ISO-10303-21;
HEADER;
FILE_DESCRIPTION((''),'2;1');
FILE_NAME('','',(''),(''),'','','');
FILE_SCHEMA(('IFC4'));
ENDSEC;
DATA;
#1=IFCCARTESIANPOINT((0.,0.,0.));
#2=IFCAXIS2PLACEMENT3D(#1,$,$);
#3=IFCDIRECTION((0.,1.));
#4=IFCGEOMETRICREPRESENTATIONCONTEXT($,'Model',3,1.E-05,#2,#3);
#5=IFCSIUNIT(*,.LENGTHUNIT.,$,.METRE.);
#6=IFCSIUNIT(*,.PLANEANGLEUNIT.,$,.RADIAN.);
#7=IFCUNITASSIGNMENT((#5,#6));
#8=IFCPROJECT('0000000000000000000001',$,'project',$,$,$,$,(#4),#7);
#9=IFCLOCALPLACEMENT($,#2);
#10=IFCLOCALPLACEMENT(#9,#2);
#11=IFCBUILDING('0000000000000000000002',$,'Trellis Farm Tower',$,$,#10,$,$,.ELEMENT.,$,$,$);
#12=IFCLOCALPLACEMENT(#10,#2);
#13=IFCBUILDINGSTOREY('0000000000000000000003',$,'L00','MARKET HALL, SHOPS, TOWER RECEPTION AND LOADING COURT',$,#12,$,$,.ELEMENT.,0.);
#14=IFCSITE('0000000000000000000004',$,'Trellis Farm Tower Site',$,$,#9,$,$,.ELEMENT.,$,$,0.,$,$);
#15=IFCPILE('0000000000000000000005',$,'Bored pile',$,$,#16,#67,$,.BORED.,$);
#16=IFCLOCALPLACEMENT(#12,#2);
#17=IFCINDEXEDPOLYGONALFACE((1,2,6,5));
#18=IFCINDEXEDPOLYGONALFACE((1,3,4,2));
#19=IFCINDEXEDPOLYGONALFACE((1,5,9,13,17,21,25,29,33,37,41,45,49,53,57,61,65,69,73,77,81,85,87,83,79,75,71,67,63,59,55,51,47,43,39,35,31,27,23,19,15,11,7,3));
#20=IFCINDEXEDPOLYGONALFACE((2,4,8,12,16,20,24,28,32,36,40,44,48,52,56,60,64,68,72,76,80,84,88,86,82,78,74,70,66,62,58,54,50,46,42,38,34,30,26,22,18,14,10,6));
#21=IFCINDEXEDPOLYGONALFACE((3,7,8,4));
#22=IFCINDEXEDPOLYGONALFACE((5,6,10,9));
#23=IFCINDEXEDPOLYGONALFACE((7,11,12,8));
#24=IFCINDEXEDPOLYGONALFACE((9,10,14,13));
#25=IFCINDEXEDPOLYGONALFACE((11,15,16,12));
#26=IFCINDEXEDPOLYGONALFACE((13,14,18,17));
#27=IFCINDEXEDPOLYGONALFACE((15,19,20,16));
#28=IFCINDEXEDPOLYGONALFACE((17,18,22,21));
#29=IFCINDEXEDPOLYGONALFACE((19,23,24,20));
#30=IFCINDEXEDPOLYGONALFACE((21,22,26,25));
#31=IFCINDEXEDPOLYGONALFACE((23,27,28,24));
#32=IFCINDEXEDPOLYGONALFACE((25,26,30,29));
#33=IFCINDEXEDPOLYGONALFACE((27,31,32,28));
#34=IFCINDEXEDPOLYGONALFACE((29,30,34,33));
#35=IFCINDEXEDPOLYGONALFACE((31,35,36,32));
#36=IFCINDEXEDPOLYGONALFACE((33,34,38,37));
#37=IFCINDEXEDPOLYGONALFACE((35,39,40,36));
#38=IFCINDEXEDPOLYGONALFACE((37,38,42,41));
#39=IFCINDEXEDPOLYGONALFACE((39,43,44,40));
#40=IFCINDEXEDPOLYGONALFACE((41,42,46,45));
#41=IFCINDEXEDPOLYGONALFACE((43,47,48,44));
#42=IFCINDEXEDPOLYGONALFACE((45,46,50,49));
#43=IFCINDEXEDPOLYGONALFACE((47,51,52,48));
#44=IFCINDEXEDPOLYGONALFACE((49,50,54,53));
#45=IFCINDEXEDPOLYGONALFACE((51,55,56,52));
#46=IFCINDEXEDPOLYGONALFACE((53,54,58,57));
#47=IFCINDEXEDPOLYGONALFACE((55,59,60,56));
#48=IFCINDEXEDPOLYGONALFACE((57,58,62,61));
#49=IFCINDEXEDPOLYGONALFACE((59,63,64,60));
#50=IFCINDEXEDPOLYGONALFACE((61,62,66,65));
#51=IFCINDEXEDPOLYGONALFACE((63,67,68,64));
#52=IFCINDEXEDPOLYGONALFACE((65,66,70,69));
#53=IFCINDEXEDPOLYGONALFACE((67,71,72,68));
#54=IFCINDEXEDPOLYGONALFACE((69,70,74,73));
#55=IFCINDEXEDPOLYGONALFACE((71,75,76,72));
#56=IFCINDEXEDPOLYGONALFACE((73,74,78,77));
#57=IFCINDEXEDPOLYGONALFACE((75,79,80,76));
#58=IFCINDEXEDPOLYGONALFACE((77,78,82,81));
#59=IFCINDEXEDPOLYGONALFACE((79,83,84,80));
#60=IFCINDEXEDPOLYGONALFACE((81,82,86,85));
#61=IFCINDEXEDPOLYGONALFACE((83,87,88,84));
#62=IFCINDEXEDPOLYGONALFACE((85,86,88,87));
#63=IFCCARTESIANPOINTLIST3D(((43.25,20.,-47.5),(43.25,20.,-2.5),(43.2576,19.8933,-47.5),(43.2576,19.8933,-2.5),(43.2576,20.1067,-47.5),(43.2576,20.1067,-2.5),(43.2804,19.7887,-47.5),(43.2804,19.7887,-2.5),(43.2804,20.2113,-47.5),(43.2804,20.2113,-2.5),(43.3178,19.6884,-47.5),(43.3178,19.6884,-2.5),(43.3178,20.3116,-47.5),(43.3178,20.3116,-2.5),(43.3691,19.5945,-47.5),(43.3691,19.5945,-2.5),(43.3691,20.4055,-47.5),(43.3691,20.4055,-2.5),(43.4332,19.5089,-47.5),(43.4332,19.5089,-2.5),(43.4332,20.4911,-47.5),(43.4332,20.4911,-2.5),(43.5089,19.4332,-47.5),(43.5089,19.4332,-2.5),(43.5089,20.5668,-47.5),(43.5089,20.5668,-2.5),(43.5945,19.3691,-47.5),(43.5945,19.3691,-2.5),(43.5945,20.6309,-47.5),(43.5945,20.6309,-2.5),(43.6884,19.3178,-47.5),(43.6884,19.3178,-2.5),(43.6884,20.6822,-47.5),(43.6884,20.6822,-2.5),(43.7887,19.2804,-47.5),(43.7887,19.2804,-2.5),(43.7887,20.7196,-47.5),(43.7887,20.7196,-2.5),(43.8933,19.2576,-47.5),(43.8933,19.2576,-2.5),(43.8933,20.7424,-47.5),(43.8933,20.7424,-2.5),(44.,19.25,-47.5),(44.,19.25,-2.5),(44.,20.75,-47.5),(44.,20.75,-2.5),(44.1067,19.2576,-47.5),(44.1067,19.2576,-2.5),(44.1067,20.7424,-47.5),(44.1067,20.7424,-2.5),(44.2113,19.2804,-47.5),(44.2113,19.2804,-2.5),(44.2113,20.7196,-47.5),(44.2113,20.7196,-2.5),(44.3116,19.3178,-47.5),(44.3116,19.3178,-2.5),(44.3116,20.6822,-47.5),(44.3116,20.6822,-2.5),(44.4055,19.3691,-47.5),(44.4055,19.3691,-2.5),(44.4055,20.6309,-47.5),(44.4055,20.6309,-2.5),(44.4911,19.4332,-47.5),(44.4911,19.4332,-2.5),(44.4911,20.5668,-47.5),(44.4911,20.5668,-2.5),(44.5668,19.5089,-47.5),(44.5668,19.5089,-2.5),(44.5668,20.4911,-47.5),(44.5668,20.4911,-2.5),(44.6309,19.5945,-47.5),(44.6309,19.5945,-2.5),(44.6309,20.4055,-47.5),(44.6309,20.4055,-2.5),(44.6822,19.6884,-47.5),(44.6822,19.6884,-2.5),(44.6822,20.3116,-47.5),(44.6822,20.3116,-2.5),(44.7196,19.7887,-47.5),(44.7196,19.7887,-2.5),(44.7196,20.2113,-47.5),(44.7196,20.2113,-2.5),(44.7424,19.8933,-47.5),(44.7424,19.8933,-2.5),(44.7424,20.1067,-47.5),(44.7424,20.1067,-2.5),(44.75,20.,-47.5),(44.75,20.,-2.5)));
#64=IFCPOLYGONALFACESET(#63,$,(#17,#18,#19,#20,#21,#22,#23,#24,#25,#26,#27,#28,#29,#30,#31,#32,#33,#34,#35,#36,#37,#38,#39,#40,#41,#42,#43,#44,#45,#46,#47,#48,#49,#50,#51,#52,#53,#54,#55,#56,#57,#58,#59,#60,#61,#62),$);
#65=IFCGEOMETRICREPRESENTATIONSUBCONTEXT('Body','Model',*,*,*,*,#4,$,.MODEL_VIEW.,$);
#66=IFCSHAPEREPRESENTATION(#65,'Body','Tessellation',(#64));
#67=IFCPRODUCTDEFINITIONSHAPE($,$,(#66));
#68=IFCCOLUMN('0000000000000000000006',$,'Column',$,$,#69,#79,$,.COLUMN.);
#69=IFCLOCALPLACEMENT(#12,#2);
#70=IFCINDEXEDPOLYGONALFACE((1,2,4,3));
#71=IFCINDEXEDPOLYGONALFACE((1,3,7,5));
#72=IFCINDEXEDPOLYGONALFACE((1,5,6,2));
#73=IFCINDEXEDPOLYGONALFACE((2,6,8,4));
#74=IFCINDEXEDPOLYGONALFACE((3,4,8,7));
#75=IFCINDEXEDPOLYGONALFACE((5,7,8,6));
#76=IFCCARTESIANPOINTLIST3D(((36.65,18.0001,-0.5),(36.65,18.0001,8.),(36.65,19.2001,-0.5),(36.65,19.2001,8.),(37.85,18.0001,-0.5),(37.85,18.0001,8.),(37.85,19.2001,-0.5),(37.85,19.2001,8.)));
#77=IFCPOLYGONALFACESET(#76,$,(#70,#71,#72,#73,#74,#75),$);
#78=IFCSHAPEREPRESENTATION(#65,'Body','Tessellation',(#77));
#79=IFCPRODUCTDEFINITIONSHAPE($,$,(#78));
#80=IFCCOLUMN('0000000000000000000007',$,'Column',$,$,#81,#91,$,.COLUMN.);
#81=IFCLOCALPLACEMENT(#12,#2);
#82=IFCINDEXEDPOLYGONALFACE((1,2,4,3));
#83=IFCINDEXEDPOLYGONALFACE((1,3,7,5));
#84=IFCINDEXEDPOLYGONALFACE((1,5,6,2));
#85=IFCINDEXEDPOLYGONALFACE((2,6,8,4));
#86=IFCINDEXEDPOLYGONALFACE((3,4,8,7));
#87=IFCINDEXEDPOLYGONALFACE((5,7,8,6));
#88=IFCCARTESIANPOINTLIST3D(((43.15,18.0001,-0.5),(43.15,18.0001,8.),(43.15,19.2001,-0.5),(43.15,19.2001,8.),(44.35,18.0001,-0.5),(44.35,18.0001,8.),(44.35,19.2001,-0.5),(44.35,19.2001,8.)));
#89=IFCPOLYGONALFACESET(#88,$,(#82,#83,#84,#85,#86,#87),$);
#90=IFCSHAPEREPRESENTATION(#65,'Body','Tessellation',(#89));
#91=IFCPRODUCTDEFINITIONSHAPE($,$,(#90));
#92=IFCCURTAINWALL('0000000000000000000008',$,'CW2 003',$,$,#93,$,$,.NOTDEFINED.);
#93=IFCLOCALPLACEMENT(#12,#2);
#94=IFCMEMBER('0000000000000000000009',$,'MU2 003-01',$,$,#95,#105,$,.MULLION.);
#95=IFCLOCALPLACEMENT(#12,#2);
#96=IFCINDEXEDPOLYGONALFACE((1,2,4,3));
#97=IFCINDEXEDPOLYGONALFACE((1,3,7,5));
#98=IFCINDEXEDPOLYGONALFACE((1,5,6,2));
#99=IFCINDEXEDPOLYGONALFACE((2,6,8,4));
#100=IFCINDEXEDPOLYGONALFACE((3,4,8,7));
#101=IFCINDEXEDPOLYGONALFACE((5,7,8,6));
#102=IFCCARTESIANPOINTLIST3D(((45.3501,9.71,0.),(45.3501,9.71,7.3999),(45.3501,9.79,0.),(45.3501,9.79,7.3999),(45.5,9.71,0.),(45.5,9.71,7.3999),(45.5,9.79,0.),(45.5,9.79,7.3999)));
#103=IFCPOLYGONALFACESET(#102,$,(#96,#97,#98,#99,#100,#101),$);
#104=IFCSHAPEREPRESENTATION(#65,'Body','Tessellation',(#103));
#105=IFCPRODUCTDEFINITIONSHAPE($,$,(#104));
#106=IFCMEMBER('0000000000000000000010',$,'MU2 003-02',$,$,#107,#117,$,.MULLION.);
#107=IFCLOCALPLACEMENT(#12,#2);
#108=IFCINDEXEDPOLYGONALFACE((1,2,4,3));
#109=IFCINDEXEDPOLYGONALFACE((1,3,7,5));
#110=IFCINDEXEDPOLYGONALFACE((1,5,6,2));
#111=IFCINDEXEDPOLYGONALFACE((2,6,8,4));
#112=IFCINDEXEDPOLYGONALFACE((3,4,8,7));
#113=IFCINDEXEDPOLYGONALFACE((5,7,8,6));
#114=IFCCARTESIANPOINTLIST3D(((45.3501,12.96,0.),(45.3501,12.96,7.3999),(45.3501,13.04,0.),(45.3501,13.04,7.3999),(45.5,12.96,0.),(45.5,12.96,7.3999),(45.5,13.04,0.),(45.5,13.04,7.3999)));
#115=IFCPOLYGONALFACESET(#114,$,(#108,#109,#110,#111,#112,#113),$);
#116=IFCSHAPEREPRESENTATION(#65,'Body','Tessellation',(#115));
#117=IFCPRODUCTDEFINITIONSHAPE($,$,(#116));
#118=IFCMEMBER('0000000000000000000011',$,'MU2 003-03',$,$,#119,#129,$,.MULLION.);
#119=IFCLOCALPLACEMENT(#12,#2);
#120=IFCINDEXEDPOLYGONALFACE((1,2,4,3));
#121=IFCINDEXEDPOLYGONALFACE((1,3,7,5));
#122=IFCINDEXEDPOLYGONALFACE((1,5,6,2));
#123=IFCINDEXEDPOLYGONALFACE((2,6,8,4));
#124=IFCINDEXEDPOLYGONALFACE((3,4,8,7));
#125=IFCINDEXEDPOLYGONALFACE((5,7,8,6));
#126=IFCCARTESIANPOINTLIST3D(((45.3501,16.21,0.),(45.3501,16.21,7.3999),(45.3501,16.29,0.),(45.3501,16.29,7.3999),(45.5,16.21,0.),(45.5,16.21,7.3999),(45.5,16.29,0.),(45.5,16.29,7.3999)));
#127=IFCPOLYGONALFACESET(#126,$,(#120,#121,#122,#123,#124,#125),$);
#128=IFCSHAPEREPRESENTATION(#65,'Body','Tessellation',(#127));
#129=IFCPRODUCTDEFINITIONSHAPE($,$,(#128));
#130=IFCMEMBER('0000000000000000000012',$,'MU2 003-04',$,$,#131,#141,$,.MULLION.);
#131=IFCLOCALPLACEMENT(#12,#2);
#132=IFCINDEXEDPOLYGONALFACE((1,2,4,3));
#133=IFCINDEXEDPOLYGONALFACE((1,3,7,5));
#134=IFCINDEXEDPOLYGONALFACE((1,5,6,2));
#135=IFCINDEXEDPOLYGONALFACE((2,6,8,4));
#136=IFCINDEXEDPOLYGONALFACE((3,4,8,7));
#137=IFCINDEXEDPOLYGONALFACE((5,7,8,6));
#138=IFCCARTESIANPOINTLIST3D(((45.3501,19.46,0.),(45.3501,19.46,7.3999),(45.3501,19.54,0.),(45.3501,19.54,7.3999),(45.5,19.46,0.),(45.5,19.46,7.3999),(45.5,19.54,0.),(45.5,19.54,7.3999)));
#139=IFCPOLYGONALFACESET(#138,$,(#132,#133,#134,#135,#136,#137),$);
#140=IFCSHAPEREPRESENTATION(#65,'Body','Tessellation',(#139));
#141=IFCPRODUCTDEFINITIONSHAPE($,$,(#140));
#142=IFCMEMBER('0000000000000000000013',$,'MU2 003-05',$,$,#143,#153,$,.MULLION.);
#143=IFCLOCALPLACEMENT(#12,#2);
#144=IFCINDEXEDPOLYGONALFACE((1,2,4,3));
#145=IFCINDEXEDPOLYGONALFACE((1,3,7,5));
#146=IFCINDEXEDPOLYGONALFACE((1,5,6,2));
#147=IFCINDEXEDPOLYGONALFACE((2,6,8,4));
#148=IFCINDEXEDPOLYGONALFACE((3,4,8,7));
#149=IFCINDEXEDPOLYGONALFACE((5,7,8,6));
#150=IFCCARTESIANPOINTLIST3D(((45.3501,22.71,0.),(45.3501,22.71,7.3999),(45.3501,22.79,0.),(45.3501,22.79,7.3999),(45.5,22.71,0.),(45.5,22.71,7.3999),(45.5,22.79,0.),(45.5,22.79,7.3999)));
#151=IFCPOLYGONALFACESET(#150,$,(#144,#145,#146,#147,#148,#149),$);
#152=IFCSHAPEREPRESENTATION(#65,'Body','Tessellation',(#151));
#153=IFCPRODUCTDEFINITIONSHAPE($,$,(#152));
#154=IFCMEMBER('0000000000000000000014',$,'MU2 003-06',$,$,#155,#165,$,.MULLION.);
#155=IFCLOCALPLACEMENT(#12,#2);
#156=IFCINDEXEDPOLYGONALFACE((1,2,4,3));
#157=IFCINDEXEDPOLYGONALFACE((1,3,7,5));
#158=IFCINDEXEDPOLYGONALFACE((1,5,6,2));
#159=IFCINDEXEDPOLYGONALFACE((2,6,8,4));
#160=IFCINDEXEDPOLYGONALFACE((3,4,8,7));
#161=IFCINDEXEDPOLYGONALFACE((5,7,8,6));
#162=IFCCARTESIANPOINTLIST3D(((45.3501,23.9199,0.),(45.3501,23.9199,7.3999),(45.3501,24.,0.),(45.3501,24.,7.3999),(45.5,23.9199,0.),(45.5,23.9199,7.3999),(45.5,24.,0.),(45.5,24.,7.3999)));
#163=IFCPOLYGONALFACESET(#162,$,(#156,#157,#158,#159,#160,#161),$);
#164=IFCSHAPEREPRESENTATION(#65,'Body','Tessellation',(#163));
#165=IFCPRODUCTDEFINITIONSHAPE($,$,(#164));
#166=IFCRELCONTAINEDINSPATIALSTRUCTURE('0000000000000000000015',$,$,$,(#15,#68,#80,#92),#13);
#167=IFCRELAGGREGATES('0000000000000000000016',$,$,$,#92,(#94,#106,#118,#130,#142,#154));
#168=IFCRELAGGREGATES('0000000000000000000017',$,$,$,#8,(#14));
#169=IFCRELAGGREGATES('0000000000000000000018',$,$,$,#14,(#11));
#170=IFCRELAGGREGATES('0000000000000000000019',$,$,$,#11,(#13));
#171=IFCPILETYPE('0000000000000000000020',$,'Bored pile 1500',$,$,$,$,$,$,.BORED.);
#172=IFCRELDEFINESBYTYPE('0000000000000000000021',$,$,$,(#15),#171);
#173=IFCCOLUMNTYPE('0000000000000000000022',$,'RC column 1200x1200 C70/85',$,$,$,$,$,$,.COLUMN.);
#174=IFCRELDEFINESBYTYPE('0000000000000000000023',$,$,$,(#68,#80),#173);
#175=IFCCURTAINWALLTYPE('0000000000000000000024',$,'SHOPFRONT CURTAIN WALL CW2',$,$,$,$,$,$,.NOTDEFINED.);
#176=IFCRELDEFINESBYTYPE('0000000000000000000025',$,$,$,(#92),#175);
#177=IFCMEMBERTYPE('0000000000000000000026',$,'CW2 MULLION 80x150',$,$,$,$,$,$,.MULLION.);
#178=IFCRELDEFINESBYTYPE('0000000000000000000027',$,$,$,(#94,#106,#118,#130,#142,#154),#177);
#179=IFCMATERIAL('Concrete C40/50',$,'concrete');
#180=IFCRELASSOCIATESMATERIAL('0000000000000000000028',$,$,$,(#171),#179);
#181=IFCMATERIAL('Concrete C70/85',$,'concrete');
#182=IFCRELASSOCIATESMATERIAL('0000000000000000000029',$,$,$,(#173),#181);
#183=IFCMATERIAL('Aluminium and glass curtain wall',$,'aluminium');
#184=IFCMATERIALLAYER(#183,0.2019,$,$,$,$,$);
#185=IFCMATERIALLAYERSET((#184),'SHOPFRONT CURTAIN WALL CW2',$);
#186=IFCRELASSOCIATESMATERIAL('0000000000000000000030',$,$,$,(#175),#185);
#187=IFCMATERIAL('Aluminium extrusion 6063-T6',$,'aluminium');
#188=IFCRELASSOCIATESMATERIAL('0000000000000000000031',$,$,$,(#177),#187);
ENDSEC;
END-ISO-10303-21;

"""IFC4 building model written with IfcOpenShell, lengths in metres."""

from ifc_helpers import new_model, si_unit, direction, frame, origin, origin_2d, place, context, subcontext, project, spatial, rectangle, circle, extrude, source, transform, mapped, material, layer, layer_set, material_profile, profile_set, type_object, element, aggregate, save


model = new_model("IFC4")

# Units and contexts
model_context = context("Model", 3, precision=1e-05, world=origin(), true_north=direction((0.0, 1.0)))
body_context = subcontext(model_context, "Body", "Model", "MODEL_VIEW")
ifc_project = project(units=[si_unit("LENGTHUNIT", "METRE"), si_unit("PLANEANGLEUNIT", "RADIAN")], contexts=[model_context])

# Site, building, storey
site_placement = place(None, origin())
site = spatial("IfcSite", under=ifc_project, at=site_placement, Name="Trellis Farm Tower Site", CompositionType="ELEMENT", RefElevation=0.0)
building_placement = place(site_placement, origin())
building = spatial("IfcBuilding", under=site, at=building_placement, Name="Trellis Farm Tower", CompositionType="ELEMENT")
storey_placement = place(building_placement, origin())
storey = spatial("IfcBuildingStorey", under=building, at=storey_placement, Name="L00", Description="MARKET HALL, SHOPS, TOWER RECEPTION AND LOADING COURT", CompositionType="ELEMENT", Elevation=0.0)

# Pile
ifc_material_1 = material(Name="Concrete C40/50", Category="concrete")
ifc_material_profile_1 = material_profile(ifc_material_1, circle(Radius=0.75, at=origin_2d()), Name="Bored pile 1500")
ifc_profile_set_1 = profile_set([ifc_material_profile_1], Name="Concrete C40/50")
pile_type = type_object("IfcPileType", Name="Bored pile 1500", PredefinedType="BORED", material=ifc_profile_set_1)
shared_shape_1 = source(origin(), body_context, "Body", "SweptSolid", [
    extrude(circle(Radius=0.75, at=origin_2d()), origin(), (0.0, 0.0, 1.0), 45.0),
])
for number, where, z_axis, x_axis, name in (
    (1, (44.0, 20.0, -2.5), (0.0, 0.0, -1.0), (1.0, 0.0, 0.0), "Bored pile"),
):
    element("IfcPile", number, at=place(storey_placement, frame(where, z_axis=z_axis, x_axis=x_axis)), inside=storey, type_object=pile_type, Name=name, PredefinedType="BORED", context=body_context, shape_type="MappedRepresentation", body=[
        mapped(shared_shape_1, transform((0.0, 0.0, 0.0))),
    ])

# Columns
ifc_material_2 = material(Name="Concrete C70/85", Category="concrete")
ifc_material_profile_2 = material_profile(ifc_material_2, rectangle(XDim=1.2, YDim=1.2, at=origin_2d()), Name="RC column 1200x1200 C70/85")
ifc_profile_set_2 = profile_set([ifc_material_profile_2], Name="Concrete C70/85")
column_type = type_object("IfcColumnType", Name="RC column 1200x1200 C70/85", PredefinedType="COLUMN", material=ifc_profile_set_2)
shared_shape_2 = source(origin(), body_context, "Body", "SweptSolid", [
    extrude(rectangle(XDim=1.2, YDim=1.2, at=origin_2d()), origin(), (0.0, 0.0, 1.0), 8.5),
])
for number, where, z_axis, x_axis, name in (
    (2, (37.25, 18.6001, -0.5), (0.0, 0.0, 1.0), (1.0, 0.0, 0.0), "Column"),
    (3, (43.75, 18.6001, -0.5), (0.0, 0.0, 1.0), (1.0, 0.0, 0.0), "Column"),
):
    element("IfcColumn", number, at=place(storey_placement, frame(where, z_axis=z_axis, x_axis=x_axis)), inside=storey, type_object=column_type, Name=name, PredefinedType="COLUMN", context=body_context, shape_type="MappedRepresentation", body=[
        mapped(shared_shape_2, transform((0.0, 0.0, 0.0))),
    ])

# Curtain wall, members
ifc_material_3 = material(Name="Aluminium and glass curtain wall", Category="aluminium")
ifc_layer = layer(ifc_material_3, 0.2019)
ifc_layer_set = layer_set([ifc_layer], Name="SHOPFRONT CURTAIN WALL CW2")
curtain_wall_type = type_object("IfcCurtainWallType", Name="SHOPFRONT CURTAIN WALL CW2", PredefinedType="NOTDEFINED", material=ifc_layer_set)
curtain_wall_placement = place(storey_placement, origin())
curtain_wall = element("IfcCurtainWall", 4, at=curtain_wall_placement, inside=storey, type_object=curtain_wall_type, Name="CW2 003", PredefinedType="NOTDEFINED")
ifc_material_4 = material(Name="Aluminium extrusion 6063-T6", Category="aluminium")
ifc_material_profile_3 = material_profile(ifc_material_4, rectangle(XDim=0.0801, YDim=0.1499, at=origin_2d()), Name="MULLION 80x150")
ifc_profile_set_3 = profile_set([ifc_material_profile_3], Name="Aluminium extrusion 6063-T6")
member_type = type_object("IfcMemberType", Name="CW2 MULLION 80x150", PredefinedType="MULLION", material=ifc_profile_set_3)
shared_shape_3 = source(origin(), body_context, "Body", "SweptSolid", [
    extrude(rectangle(XDim=0.0801, YDim=0.1499, at=origin_2d()), origin(), (0.0, 0.0, 1.0), 7.3999),
])
member_1_placement = place(storey_placement, frame((45.425, 9.75, 0.0), z_axis=(0.0, 0.0, 1.0), x_axis=(0.0, 1.0, 0.0)))
member_1 = element("IfcMember", 5, at=member_1_placement, type_object=member_type, Name="MU2 003-01", PredefinedType="MULLION", context=body_context, shape_type="MappedRepresentation", body=[
    mapped(shared_shape_3, transform((0.0, 0.0, 0.0))),
])
member_2_placement = place(storey_placement, frame((45.425, 13.0, 0.0), z_axis=(0.0, 0.0, 1.0), x_axis=(0.0, 1.0, 0.0)))
member_2 = element("IfcMember", 6, at=member_2_placement, type_object=member_type, Name="MU2 003-02", PredefinedType="MULLION", context=body_context, shape_type="MappedRepresentation", body=[
    mapped(shared_shape_3, transform((0.0, 0.0, 0.0))),
])
member_3_placement = place(storey_placement, frame((45.425, 16.25, 0.0), z_axis=(0.0, 0.0, 1.0), x_axis=(0.0, 1.0, 0.0)))
member_3 = element("IfcMember", 7, at=member_3_placement, type_object=member_type, Name="MU2 003-03", PredefinedType="MULLION", context=body_context, shape_type="MappedRepresentation", body=[
    mapped(shared_shape_3, transform((0.0, 0.0, 0.0))),
])
member_4_placement = place(storey_placement, frame((45.425, 19.5, 0.0), z_axis=(0.0, 0.0, 1.0), x_axis=(0.0, 1.0, 0.0)))
member_4 = element("IfcMember", 8, at=member_4_placement, type_object=member_type, Name="MU2 003-04", PredefinedType="MULLION", context=body_context, shape_type="MappedRepresentation", body=[
    mapped(shared_shape_3, transform((0.0, 0.0, 0.0))),
])
member_5_placement = place(storey_placement, frame((45.425, 22.75, 0.0), z_axis=(0.0, 0.0, 1.0), x_axis=(0.0, 1.0, 0.0)))
member_5 = element("IfcMember", 9, at=member_5_placement, type_object=member_type, Name="MU2 003-05", PredefinedType="MULLION", context=body_context, shape_type="MappedRepresentation", body=[
    mapped(shared_shape_3, transform((0.0, 0.0, 0.0))),
])
member_6_placement = place(storey_placement, frame((45.425, 23.96, 0.0), z_axis=(0.0, 0.0, 1.0), x_axis=(0.0, 1.0, 0.0)))
member_6 = element("IfcMember", 10, at=member_6_placement, type_object=member_type, Name="MU2 003-06", PredefinedType="MULLION", context=body_context, shape_type="MappedRepresentation", body=[
    mapped(shared_shape_3, transform((0.0, 0.0, 0.0))),
])
aggregate(curtain_wall, [member_1, member_2, member_3, member_4, member_5, member_6])

save(model, "model.ifc")
